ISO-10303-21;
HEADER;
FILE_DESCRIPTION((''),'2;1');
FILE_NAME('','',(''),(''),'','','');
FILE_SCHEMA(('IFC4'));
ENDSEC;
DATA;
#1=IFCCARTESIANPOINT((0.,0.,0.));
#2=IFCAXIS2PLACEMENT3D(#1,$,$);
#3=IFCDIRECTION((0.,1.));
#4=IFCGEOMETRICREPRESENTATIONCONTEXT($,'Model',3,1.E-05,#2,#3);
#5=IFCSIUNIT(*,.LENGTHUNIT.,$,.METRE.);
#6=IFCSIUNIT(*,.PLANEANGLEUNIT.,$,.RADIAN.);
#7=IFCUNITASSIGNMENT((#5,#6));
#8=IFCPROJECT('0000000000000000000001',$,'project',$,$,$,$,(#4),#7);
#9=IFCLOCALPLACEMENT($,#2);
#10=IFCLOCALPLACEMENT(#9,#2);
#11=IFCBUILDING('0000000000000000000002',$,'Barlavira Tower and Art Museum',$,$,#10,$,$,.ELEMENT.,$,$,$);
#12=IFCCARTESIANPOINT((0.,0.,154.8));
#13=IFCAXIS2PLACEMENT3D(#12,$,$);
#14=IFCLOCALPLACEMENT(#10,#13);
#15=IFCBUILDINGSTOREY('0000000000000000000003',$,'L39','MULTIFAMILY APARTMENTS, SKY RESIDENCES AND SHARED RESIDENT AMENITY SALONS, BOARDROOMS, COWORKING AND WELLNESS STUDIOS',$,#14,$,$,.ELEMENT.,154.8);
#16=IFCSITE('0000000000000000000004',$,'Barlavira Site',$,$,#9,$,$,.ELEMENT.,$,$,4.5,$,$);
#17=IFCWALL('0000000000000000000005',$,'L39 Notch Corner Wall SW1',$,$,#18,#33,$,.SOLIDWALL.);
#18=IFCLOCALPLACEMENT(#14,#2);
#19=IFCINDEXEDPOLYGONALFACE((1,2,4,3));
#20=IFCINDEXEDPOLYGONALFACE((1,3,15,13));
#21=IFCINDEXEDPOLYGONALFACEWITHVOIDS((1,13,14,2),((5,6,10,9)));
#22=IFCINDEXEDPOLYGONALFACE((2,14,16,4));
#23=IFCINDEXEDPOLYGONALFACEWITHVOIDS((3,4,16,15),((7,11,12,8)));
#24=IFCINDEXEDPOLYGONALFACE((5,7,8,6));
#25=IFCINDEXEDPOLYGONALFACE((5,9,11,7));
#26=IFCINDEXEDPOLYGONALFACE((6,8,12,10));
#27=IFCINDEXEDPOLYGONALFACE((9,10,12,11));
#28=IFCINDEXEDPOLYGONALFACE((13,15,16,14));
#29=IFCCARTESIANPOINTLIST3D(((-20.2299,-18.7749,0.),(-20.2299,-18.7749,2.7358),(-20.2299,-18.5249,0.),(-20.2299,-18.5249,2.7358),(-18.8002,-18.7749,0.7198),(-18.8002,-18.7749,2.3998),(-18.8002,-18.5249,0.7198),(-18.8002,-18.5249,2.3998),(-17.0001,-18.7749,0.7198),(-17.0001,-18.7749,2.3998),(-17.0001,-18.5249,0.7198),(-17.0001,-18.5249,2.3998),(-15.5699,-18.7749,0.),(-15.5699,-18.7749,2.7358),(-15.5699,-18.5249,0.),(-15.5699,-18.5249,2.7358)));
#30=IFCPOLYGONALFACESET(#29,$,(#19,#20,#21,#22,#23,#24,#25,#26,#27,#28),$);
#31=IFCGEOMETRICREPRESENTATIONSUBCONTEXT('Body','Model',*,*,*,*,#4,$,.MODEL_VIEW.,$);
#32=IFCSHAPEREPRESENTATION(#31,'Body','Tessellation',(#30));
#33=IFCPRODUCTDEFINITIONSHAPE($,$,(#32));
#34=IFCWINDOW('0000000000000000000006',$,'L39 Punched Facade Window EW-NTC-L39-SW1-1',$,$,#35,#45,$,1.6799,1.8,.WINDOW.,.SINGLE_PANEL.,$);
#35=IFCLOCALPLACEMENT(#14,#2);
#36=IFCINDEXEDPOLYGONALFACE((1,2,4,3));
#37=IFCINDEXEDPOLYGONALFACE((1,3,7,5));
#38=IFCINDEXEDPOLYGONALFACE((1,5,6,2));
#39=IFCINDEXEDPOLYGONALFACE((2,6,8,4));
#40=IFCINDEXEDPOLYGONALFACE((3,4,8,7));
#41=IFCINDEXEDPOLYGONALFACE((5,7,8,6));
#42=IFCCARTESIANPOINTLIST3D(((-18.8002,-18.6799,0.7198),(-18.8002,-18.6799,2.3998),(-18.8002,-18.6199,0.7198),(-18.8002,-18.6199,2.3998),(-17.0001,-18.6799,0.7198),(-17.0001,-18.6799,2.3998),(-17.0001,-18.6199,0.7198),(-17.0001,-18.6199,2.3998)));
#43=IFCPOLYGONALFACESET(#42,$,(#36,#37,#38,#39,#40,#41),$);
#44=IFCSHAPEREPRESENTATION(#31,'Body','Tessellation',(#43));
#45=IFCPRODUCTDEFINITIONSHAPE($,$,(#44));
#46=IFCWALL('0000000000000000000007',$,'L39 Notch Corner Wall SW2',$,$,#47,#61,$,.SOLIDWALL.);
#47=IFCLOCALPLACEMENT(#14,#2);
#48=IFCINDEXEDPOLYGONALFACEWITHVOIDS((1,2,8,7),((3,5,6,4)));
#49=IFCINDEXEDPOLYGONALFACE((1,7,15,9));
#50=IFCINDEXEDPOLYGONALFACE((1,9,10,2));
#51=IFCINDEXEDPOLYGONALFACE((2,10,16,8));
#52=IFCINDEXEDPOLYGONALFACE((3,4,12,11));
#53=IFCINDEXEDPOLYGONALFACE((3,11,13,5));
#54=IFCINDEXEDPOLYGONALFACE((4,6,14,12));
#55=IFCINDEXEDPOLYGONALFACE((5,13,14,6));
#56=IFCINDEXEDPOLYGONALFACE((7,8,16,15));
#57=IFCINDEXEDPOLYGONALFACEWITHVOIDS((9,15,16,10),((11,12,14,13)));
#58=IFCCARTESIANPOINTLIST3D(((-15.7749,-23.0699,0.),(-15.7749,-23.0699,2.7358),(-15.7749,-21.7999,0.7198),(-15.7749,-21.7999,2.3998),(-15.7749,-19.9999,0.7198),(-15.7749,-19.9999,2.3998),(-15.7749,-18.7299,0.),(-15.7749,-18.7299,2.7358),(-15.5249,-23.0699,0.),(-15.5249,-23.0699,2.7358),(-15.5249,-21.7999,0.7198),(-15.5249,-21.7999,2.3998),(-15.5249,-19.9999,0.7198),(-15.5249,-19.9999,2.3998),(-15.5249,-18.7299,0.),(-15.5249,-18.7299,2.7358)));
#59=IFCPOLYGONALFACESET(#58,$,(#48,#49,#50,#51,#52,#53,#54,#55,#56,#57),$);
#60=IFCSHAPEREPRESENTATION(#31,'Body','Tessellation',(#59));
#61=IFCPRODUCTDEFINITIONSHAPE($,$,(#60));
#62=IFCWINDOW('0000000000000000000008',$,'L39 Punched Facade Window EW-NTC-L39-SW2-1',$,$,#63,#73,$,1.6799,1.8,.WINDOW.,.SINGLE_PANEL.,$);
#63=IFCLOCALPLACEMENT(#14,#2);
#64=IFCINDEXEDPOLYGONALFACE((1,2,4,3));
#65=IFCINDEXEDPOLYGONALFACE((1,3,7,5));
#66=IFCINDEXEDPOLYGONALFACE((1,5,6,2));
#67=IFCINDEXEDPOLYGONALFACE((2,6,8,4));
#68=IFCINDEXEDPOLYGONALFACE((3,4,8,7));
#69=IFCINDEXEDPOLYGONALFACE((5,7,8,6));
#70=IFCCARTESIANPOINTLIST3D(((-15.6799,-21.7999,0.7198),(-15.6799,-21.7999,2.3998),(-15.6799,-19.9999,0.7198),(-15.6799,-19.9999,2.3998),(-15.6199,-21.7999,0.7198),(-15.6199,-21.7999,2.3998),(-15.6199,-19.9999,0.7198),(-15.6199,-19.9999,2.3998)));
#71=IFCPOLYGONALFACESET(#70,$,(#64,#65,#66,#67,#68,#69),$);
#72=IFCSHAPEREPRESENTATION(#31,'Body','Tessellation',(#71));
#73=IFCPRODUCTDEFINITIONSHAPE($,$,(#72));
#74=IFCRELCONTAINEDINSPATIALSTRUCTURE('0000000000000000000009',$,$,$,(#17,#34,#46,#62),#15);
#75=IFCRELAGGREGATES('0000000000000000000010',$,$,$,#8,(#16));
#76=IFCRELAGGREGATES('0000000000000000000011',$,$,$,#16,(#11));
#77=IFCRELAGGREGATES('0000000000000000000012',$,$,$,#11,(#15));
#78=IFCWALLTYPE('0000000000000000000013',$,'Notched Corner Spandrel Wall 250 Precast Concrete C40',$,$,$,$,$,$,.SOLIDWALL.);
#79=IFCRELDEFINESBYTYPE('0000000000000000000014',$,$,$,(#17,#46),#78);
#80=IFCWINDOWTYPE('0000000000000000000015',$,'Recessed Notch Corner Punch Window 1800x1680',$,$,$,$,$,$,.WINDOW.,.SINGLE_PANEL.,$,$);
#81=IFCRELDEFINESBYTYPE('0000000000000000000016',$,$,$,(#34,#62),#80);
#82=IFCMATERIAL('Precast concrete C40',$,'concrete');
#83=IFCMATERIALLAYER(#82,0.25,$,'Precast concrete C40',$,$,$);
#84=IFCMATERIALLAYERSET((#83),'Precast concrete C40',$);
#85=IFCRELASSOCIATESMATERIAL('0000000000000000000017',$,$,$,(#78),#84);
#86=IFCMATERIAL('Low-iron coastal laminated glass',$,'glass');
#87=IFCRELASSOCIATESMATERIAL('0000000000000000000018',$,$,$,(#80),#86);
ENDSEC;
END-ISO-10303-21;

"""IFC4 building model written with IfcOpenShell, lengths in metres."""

from ifc_helpers import new_model, si_unit, direction, frame, frame_2d, origin, place, context, subcontext, project, spatial, rectangle, extrude, material, layer, layer_set, type_object, element, fill, save


model = new_model("IFC4")

# Units and contexts
model_context = context("Model", 3, precision=1e-05, world=origin(), true_north=direction((0.0, 1.0)))
body_context = subcontext(model_context, "Body", "Model", "MODEL_VIEW")
ifc_project = project(units=[si_unit("LENGTHUNIT", "METRE"), si_unit("PLANEANGLEUNIT", "RADIAN")], contexts=[model_context])

# Site, building, storey
site_placement = place(None, origin())
site = spatial("IfcSite", under=ifc_project, at=site_placement, Name="Barlavira Site", CompositionType="ELEMENT", RefElevation=4.5)
building_placement = place(site_placement, origin())
building = spatial("IfcBuilding", under=site, at=building_placement, Name="Barlavira Tower and Art Museum", CompositionType="ELEMENT")
storey_placement = place(building_placement, frame((0.0, 0.0, 154.8)))
storey = spatial("IfcBuildingStorey", under=building, at=storey_placement, Name="L39", Description="MULTIFAMILY APARTMENTS, SKY RESIDENCES AND SHARED RESIDENT AMENITY SALONS, BOARDROOMS, COWORKING AND WELLNESS STUDIOS", CompositionType="ELEMENT", Elevation=154.8)

# Walls, openings, windows
ifc_material_1 = material(Name="Precast concrete C40", Category="concrete")
ifc_layer_1 = layer(ifc_material_1, 0.25, Name="Precast concrete C40")
ifc_layer_set_1 = layer_set([ifc_layer_1], Name="Precast concrete C40")
wall_type_1 = type_object("IfcWallType", Name="Notched Corner Spandrel Wall 250 Precast Concrete C40", PredefinedType="SOLIDWALL", material=ifc_layer_set_1)
ifc_material_2 = material(Name="Low-iron coastal laminated glass", Category="glass")
window_type = type_object("IfcWindowType", Name="Recessed Notch Corner Punch Window 1800x1680", PartitioningType="SINGLE_PANEL", PredefinedType="WINDOW", material=ifc_material_2)
wall_1_placement = place(storey_placement, frame((-20.23, -18.6499, 0.0), z_axis=(0.0, 0.0, 1.0), x_axis=(1.0, 0.0, 0.0)))
wall_1 = element("IfcWall", 1, at=wall_1_placement, inside=storey, type_object=wall_type_1, Name="L39 Notch Corner Wall SW1", PredefinedType="SOLIDWALL", context=body_context, shape_type="SweptSolid", body=[
    extrude(rectangle(XDim=4.6599, YDim=0.25, at=frame_2d((2.3301, 0.0))), origin(), (0.0, 0.0, 1.0), 2.7358),
])
opening_1_placement = place(wall_1_placement, frame((1.4299, 0.0, 0.72)))
opening_1 = element("IfcOpeningElement", 2, at=opening_1_placement, cuts=wall_1, PredefinedType="OPENING", context=body_context, shape_type="SweptSolid", body=[
    extrude(rectangle(XDim=1.8, YDim=1.6799, at=frame_2d((0.8999, 0.8398))), frame((0.0, 0.135, 0.0), z_axis=(0.0, -1.0, 0.0), x_axis=(1.0, 0.0, 0.0)), (0.0, 0.0, 1.0), 0.27),
])
window_1_placement = place(opening_1_placement, origin())
window_1 = element("IfcWindow", 3, at=window_1_placement, inside=storey, type_object=window_type, Name="L39 Punched Facade Window EW-NTC-L39-SW1-1", OverallHeight=1.6799, OverallWidth=1.8, PartitioningType="SINGLE_PANEL", PredefinedType="WINDOW", context=body_context, shape_type="SweptSolid", body=[
    extrude(rectangle(XDim=1.8, YDim=1.6799, at=frame_2d((0.8999, 0.8398))), frame((0.0, 0.03, 0.0), z_axis=(0.0, -1.0, 0.0), x_axis=(1.0, 0.0, 0.0)), (0.0, 0.0, 1.0), 0.0601),
])
fill(opening_1, window_1)
wall_2_placement = place(storey_placement, frame((-15.6499, -18.73, 0.0), z_axis=(0.0, 0.0, 1.0), x_axis=(0.0, -1.0, 0.0)))
wall_2 = element("IfcWall", 4, at=wall_2_placement, inside=storey, type_object=wall_type_1, Name="L39 Notch Corner Wall SW2", PredefinedType="SOLIDWALL", context=body_context, shape_type="SweptSolid", body=[
    extrude(rectangle(XDim=4.3401, YDim=0.25, at=frame_2d((2.1699, 0.0))), origin(), (0.0, 0.0, 1.0), 2.7358),
])
opening_2_placement = place(wall_2_placement, frame((1.27, 0.0, 0.72)))
opening_2 = element("IfcOpeningElement", 5, at=opening_2_placement, cuts=wall_2, PredefinedType="OPENING", context=body_context, shape_type="SweptSolid", body=[
    extrude(rectangle(XDim=1.8, YDim=1.6799, at=frame_2d((0.8999, 0.8398))), frame((0.0, 0.135, 0.0), z_axis=(0.0, -1.0, 0.0), x_axis=(1.0, 0.0, 0.0)), (0.0, 0.0, 1.0), 0.27),
])
window_2_placement = place(opening_2_placement, origin())
window_2 = element("IfcWindow", 6, at=window_2_placement, inside=storey, type_object=window_type, Name="L39 Punched Facade Window EW-NTC-L39-SW2-1", OverallHeight=1.6799, OverallWidth=1.8, PartitioningType="SINGLE_PANEL", PredefinedType="WINDOW", context=body_context, shape_type="SweptSolid", body=[
    extrude(rectangle(XDim=1.8, YDim=1.6799, at=frame_2d((0.8999, 0.8398))), frame((0.0, 0.03, 0.0), z_axis=(0.0, -1.0, 0.0), x_axis=(1.0, 0.0, 0.0)), (0.0, 0.0, 1.0), 0.0601),
])
fill(opening_2, window_2)

save(model, "model.ifc")
